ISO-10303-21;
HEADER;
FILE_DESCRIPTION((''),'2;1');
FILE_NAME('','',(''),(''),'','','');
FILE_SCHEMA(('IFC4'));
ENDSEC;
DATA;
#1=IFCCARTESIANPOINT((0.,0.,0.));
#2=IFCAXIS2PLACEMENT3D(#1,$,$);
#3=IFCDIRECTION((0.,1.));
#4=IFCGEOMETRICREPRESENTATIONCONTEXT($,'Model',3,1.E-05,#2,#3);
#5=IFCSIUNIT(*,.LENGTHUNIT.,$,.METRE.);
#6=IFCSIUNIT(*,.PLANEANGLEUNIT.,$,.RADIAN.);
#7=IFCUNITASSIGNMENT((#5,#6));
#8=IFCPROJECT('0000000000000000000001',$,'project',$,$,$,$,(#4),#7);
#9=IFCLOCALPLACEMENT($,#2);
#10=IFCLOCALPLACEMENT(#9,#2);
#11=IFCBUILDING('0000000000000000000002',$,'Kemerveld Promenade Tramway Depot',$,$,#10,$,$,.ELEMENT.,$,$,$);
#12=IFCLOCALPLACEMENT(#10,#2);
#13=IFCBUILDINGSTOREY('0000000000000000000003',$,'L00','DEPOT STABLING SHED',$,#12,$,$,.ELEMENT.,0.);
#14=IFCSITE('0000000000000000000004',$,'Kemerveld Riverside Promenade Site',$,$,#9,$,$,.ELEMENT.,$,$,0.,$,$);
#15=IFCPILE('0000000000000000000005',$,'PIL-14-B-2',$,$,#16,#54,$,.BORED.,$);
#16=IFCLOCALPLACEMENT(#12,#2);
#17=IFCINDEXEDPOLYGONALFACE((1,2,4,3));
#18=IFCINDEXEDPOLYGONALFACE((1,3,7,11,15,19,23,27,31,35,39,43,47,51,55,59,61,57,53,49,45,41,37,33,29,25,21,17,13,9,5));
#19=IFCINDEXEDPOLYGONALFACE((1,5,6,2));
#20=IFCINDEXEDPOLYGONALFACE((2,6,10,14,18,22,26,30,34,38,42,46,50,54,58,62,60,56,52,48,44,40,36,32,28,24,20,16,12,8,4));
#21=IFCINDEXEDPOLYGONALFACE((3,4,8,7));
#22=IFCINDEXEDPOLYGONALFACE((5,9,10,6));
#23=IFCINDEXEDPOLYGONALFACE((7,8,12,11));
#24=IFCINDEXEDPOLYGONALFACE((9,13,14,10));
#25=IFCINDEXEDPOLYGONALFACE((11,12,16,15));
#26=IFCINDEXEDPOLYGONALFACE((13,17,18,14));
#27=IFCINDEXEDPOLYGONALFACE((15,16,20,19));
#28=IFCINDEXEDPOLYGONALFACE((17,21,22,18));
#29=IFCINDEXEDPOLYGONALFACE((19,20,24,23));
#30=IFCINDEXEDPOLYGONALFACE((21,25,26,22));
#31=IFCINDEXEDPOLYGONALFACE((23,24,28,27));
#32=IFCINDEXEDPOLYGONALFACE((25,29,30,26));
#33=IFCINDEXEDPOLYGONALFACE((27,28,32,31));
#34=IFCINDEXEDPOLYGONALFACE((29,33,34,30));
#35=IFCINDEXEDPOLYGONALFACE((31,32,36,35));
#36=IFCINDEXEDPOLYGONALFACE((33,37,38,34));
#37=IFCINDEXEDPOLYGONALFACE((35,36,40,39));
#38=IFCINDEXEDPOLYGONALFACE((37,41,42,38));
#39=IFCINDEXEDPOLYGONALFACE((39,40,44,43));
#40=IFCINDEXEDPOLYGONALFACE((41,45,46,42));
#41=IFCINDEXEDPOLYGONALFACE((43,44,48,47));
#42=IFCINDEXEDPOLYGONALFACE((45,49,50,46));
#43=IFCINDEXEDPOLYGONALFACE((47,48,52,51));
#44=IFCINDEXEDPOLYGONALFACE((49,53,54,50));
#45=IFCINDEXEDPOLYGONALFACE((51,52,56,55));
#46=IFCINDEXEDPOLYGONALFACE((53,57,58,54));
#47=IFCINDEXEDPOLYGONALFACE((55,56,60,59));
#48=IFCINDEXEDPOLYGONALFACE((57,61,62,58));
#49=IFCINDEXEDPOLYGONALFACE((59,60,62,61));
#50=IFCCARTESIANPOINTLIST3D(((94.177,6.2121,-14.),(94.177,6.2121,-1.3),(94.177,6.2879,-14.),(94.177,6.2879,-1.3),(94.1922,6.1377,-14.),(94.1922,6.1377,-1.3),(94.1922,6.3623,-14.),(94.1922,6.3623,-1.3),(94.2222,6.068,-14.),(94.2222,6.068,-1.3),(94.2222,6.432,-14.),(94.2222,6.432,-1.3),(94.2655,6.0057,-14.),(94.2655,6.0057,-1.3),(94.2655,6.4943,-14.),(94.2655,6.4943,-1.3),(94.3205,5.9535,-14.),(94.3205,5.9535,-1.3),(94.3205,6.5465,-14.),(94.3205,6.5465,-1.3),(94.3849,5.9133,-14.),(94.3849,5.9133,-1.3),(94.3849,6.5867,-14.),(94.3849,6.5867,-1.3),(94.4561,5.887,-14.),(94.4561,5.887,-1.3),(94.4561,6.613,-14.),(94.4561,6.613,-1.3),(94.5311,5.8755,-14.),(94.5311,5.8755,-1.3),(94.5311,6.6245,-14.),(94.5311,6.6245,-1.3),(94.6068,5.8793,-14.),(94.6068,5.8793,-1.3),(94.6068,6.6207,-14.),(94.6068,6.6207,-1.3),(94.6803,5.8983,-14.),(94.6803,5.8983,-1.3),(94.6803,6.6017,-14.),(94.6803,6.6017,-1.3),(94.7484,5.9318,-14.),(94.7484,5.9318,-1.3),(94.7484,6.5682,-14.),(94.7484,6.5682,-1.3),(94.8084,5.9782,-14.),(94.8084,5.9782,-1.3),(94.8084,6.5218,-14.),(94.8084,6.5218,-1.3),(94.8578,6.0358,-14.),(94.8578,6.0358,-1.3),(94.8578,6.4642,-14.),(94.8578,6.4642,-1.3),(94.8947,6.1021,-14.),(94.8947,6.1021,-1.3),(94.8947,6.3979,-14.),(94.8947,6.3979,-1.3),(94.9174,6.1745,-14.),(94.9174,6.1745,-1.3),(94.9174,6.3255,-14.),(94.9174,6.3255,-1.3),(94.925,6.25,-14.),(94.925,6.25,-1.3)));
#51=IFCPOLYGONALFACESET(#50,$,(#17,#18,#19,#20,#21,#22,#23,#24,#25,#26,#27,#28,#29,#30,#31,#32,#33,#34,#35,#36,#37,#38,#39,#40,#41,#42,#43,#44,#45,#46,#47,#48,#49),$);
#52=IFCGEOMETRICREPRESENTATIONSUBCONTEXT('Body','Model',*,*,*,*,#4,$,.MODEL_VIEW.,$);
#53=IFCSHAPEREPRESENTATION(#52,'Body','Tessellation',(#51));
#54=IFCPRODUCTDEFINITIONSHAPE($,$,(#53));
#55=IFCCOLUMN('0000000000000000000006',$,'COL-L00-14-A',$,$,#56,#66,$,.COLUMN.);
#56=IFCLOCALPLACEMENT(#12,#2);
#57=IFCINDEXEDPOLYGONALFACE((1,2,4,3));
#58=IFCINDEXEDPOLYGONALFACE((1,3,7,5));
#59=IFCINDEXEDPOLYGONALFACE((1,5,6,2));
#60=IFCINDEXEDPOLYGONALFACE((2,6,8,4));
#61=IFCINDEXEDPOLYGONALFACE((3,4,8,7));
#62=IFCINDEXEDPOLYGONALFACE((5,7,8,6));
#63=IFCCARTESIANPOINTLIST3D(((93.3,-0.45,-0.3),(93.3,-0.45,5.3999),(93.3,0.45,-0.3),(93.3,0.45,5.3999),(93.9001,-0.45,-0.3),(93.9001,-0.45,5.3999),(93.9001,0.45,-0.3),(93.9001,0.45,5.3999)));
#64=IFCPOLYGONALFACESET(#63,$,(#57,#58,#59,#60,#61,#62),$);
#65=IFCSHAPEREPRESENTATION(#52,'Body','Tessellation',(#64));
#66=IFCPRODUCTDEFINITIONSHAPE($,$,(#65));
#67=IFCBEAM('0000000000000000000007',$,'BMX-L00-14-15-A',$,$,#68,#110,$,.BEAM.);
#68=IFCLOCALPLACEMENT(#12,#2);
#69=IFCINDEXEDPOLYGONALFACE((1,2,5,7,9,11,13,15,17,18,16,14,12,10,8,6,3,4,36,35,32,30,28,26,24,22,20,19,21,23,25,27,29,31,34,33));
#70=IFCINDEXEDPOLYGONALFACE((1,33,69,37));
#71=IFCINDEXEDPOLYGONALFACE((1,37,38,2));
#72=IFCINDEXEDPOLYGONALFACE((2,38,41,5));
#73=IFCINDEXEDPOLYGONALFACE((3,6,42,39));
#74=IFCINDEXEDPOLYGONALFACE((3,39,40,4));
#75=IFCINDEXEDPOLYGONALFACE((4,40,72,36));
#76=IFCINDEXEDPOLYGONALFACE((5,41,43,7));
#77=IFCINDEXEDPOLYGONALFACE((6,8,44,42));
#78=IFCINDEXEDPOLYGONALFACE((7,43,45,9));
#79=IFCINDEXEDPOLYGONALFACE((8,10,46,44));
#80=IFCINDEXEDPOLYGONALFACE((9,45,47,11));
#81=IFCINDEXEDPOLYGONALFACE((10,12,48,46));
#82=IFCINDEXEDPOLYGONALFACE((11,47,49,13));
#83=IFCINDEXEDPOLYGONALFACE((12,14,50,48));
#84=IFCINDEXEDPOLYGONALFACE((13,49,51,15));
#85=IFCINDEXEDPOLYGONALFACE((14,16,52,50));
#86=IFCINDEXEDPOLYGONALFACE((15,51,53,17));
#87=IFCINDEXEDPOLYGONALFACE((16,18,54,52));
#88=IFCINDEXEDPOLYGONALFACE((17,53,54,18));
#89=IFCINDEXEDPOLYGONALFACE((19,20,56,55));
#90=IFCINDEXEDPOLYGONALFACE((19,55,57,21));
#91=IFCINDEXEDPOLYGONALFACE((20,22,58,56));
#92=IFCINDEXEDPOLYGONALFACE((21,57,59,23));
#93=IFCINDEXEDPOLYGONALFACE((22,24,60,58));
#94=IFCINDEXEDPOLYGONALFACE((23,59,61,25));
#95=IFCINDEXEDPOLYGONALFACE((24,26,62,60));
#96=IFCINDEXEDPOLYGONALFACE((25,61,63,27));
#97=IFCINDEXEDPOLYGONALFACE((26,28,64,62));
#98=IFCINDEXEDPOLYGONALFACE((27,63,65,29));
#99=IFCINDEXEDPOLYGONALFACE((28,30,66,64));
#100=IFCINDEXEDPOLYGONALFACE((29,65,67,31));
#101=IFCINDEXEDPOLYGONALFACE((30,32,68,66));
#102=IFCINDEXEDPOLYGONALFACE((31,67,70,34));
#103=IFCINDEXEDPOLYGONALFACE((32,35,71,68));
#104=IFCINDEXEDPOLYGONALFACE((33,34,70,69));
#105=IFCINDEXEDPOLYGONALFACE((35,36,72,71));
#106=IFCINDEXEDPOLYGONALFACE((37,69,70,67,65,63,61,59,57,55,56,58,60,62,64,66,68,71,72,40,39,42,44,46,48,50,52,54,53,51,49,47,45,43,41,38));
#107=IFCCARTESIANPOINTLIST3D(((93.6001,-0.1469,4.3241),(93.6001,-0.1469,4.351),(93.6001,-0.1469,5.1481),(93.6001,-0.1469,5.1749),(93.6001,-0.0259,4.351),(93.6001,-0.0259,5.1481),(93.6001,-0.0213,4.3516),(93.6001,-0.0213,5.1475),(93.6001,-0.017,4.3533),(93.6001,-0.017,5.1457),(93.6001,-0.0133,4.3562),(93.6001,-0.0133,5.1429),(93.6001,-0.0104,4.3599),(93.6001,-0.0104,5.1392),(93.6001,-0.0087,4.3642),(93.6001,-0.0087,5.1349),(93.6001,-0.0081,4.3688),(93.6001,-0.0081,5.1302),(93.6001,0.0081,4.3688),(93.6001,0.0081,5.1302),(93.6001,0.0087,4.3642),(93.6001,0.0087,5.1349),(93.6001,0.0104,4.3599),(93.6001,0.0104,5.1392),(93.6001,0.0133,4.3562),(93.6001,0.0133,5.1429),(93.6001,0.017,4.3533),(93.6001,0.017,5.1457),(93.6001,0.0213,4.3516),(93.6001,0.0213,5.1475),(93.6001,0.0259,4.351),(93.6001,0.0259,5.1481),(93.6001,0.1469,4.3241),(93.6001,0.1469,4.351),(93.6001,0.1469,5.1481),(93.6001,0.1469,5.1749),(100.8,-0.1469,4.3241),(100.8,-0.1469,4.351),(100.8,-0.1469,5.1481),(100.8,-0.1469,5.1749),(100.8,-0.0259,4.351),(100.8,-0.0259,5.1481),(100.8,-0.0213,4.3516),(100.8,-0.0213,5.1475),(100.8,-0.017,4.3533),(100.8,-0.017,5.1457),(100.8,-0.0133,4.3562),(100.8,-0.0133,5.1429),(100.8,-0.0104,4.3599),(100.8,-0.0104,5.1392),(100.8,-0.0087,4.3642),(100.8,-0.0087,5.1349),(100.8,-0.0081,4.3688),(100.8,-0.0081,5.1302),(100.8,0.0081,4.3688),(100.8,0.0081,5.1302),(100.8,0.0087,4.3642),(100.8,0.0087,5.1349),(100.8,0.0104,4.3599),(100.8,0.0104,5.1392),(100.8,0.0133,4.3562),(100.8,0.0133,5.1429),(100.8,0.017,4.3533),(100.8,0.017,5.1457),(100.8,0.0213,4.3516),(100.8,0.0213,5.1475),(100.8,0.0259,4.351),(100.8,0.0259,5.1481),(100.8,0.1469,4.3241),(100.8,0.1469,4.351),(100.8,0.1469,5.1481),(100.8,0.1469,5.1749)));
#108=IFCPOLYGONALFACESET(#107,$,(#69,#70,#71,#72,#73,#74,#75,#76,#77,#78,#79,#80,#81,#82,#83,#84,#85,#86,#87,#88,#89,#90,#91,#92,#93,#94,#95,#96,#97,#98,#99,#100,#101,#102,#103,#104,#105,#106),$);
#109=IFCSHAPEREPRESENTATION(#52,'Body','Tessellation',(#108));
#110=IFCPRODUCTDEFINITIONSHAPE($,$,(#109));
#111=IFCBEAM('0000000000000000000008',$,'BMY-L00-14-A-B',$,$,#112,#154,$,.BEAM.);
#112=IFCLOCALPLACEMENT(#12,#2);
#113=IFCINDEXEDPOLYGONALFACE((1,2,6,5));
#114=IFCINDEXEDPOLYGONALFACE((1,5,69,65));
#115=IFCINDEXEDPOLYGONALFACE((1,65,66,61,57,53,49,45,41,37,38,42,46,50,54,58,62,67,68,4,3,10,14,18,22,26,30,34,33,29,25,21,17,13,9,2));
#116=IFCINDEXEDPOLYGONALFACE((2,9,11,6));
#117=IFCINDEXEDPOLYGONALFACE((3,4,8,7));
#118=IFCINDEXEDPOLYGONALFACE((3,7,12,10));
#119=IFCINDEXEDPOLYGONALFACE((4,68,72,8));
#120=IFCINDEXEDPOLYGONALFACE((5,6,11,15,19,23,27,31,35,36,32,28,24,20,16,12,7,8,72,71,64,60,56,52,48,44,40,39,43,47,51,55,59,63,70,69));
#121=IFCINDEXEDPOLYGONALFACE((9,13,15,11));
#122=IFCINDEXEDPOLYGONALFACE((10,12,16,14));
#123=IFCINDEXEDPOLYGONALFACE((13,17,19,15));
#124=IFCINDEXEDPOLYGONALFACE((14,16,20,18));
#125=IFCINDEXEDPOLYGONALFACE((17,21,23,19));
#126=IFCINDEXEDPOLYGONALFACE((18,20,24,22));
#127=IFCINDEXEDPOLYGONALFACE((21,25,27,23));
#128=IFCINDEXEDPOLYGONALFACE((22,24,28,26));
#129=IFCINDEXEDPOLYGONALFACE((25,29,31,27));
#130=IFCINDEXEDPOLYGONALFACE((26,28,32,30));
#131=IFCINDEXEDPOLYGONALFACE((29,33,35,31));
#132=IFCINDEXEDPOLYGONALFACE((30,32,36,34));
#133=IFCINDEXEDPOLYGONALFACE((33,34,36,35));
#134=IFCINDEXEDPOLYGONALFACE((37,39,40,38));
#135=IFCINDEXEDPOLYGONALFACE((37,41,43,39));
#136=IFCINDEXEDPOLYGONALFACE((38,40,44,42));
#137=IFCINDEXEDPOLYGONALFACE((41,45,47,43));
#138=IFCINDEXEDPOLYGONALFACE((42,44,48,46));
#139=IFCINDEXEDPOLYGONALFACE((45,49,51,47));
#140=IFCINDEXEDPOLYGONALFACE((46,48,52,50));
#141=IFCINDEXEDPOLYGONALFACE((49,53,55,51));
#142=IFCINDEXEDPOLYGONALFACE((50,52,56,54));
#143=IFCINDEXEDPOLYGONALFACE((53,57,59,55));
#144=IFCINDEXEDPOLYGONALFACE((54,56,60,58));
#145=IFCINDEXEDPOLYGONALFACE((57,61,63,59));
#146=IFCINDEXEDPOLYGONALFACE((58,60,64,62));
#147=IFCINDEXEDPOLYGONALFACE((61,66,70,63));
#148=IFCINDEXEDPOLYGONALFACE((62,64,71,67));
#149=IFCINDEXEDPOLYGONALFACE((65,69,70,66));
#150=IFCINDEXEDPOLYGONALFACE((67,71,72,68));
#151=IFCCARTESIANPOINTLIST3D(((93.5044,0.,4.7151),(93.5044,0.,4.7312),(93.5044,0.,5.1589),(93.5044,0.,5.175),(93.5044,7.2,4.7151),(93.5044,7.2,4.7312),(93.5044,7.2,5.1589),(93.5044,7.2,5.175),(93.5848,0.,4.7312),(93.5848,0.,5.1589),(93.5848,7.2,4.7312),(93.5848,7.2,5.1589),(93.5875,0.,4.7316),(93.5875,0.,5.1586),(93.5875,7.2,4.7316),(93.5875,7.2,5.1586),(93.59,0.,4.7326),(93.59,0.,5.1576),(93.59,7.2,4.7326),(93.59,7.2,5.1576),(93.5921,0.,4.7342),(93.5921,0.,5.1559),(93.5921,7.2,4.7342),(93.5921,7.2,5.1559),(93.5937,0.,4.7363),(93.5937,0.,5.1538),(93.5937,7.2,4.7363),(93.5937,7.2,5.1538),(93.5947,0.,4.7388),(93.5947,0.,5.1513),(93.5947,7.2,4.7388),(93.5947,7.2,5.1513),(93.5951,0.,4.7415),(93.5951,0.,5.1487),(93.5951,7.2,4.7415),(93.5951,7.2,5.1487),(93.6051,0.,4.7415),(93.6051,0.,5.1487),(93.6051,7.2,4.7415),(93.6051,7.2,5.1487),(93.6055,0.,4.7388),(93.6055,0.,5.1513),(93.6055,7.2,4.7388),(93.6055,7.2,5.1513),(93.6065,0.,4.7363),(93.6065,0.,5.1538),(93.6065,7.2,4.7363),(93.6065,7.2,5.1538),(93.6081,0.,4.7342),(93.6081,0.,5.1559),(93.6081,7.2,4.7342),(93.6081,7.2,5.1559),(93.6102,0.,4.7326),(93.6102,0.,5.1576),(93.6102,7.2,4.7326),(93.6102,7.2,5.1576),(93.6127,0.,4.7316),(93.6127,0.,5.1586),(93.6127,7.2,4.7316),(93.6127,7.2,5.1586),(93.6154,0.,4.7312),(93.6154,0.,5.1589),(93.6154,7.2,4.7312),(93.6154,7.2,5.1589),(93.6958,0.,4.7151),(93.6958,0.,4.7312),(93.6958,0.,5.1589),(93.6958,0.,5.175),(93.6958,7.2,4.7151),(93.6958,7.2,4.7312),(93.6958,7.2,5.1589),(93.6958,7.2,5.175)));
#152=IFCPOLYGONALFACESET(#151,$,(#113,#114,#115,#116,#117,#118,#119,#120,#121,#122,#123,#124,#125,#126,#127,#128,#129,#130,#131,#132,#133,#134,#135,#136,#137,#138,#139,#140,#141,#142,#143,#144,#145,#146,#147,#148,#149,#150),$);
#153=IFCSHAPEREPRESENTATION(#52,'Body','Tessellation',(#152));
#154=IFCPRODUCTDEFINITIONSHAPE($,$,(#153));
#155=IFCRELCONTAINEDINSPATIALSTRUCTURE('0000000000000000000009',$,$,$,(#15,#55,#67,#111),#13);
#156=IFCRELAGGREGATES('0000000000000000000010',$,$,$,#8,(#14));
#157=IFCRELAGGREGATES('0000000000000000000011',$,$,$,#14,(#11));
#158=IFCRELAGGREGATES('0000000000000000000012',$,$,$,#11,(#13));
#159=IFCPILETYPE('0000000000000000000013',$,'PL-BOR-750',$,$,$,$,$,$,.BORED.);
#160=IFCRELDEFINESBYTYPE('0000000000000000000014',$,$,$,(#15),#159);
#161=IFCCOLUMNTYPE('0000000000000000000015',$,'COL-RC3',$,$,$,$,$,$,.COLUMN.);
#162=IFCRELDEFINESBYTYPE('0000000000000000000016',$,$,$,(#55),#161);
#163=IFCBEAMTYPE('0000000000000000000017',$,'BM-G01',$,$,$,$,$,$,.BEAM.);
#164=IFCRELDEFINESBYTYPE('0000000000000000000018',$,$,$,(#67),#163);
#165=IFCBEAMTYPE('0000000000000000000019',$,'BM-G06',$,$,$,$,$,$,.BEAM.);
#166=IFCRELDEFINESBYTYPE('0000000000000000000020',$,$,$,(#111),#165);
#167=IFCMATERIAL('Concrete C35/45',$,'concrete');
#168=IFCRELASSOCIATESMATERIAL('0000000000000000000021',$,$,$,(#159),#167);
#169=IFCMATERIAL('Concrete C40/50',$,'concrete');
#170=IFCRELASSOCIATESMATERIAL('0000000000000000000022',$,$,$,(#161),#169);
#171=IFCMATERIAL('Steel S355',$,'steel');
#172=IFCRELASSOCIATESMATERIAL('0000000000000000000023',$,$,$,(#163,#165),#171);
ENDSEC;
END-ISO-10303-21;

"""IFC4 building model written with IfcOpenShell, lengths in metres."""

from ifc_helpers import new_model, si_unit, direction, frame, origin, origin_2d, place, context, subcontext, project, spatial, rectangle, circle, i_section, extrude, material, material_profile, profile_set, type_object, element, save


model = new_model("IFC4")

# Units and contexts
model_context = context("Model", 3, precision=1e-05, world=origin(), true_north=direction((0.0, 1.0)))
body_context = subcontext(model_context, "Body", "Model", "MODEL_VIEW")
ifc_project = project(units=[si_unit("LENGTHUNIT", "METRE"), si_unit("PLANEANGLEUNIT", "RADIAN")], contexts=[model_context])

# Site, building, storey
site_placement = place(None, origin())
site = spatial("IfcSite", under=ifc_project, at=site_placement, Name="Kemerveld Riverside Promenade Site", CompositionType="ELEMENT", RefElevation=0.0)
building_placement = place(site_placement, origin())
building = spatial("IfcBuilding", under=site, at=building_placement, Name="Kemerveld Promenade Tramway Depot", CompositionType="ELEMENT")
storey_placement = place(building_placement, origin())
storey = spatial("IfcBuildingStorey", under=building, at=storey_placement, Name="L00", Description="DEPOT STABLING SHED", CompositionType="ELEMENT", Elevation=0.0)

# Shared definitions
ifc_material_1 = material(Name="Concrete C35/45", Category="concrete")

# Pile
ifc_material_profile_1 = material_profile(ifc_material_1, circle(Radius=0.375, at=origin_2d()), Name="PILE-D750")
ifc_profile_set_1 = profile_set([ifc_material_profile_1], Name="Concrete C35/45")
pile_type = type_object("IfcPileType", Name="PL-BOR-750", PredefinedType="BORED", material=ifc_profile_set_1)
for number, where, z_axis, x_axis, name in (
    (1, (94.55, 6.25, -1.3), (0.0, 0.0, -1.0), (1.0, 0.0, 0.0), "PIL-14-B-2"),
):
    element("IfcPile", number, at=place(storey_placement, frame(where, z_axis=z_axis, x_axis=x_axis)), inside=storey, type_object=pile_type, Name=name, PredefinedType="BORED", context=body_context, shape_type="SweptSolid", body=[
        extrude(circle(Radius=0.375, at=origin_2d()), origin(), (0.0, 0.0, 1.0), 12.7),
    ])

# Column
ifc_material_2 = material(Name="Concrete C40/50", Category="concrete")
ifc_material_profile_2 = material_profile(ifc_material_2, rectangle(XDim=0.6001, YDim=0.8999, at=origin_2d()), Name="RC-PIER-900x600")
ifc_profile_set_2 = profile_set([ifc_material_profile_2], Name="Concrete C40/50")
column_type = type_object("IfcColumnType", Name="COL-RC3", PredefinedType="COLUMN", material=ifc_profile_set_2)
column_placement = place(storey_placement, frame((93.6001, 0.0, -0.3), z_axis=(0.0, 0.0, 1.0), x_axis=(1.0, 0.0, 0.0)))
element("IfcColumn", 2, at=column_placement, inside=storey, type_object=column_type, Name="COL-L00-14-A", PredefinedType="COLUMN", context=body_context, shape_type="SweptSolid", body=[
    extrude(rectangle(XDim=0.6001, YDim=0.8999, at=origin_2d()), origin(), (0.0, 0.0, 1.0), 5.7),
])

# Beams
ifc_material_3 = material(Name="Steel S355", Category="steel")
ifc_material_profile_3 = material_profile(ifc_material_3, i_section(OverallWidth=0.2937, OverallDepth=0.8508, WebThickness=0.0161, FlangeThickness=0.0269, FilletRadius=0.0178, at=origin_2d()), Name="838x292x226 UB")
ifc_profile_set_3 = profile_set([ifc_material_profile_3], Name="Steel S355")
beam_type_1 = type_object("IfcBeamType", Name="BM-G01", PredefinedType="BEAM", material=ifc_profile_set_3)
beam_1_placement = place(storey_placement, frame((93.6001, 0.0, 4.7495), z_axis=(1.0, 0.0, 0.0), x_axis=(0.0, 1.0, 0.0)))
element("IfcBeam", 3, at=beam_1_placement, inside=storey, type_object=beam_type_1, Name="BMX-L00-14-15-A", PredefinedType="BEAM", context=body_context, shape_type="SweptSolid", body=[
    extrude(i_section(OverallWidth=0.2937, OverallDepth=0.8508, WebThickness=0.0161, FlangeThickness=0.0269, FilletRadius=0.0178, at=origin_2d()), origin(), (0.0, 0.0, 1.0), 7.2),
])
ifc_material_profile_4 = material_profile(ifc_material_3, i_section(OverallWidth=0.1914, OverallDepth=0.46, WebThickness=0.01, FlangeThickness=0.0161, FilletRadius=0.0103, at=origin_2d()), Name="457x191x82 UB")
ifc_profile_set_4 = profile_set([ifc_material_profile_4], Name="Steel S355")
beam_type_2 = type_object("IfcBeamType", Name="BM-G06", PredefinedType="BEAM", material=ifc_profile_set_4)
beam_2_placement = place(storey_placement, frame((93.6001, 0.0, 4.9451), z_axis=(0.0, 1.0, 0.0), x_axis=(-1.0, 0.0, 0.0)))
element("IfcBeam", 4, at=beam_2_placement, inside=storey, type_object=beam_type_2, Name="BMY-L00-14-A-B", PredefinedType="BEAM", context=body_context, shape_type="SweptSolid", body=[
    extrude(i_section(OverallWidth=0.1914, OverallDepth=0.46, WebThickness=0.01, FlangeThickness=0.0161, FilletRadius=0.0103, at=origin_2d()), origin(), (0.0, 0.0, 1.0), 7.2),
])

save(model, "model.ifc")
